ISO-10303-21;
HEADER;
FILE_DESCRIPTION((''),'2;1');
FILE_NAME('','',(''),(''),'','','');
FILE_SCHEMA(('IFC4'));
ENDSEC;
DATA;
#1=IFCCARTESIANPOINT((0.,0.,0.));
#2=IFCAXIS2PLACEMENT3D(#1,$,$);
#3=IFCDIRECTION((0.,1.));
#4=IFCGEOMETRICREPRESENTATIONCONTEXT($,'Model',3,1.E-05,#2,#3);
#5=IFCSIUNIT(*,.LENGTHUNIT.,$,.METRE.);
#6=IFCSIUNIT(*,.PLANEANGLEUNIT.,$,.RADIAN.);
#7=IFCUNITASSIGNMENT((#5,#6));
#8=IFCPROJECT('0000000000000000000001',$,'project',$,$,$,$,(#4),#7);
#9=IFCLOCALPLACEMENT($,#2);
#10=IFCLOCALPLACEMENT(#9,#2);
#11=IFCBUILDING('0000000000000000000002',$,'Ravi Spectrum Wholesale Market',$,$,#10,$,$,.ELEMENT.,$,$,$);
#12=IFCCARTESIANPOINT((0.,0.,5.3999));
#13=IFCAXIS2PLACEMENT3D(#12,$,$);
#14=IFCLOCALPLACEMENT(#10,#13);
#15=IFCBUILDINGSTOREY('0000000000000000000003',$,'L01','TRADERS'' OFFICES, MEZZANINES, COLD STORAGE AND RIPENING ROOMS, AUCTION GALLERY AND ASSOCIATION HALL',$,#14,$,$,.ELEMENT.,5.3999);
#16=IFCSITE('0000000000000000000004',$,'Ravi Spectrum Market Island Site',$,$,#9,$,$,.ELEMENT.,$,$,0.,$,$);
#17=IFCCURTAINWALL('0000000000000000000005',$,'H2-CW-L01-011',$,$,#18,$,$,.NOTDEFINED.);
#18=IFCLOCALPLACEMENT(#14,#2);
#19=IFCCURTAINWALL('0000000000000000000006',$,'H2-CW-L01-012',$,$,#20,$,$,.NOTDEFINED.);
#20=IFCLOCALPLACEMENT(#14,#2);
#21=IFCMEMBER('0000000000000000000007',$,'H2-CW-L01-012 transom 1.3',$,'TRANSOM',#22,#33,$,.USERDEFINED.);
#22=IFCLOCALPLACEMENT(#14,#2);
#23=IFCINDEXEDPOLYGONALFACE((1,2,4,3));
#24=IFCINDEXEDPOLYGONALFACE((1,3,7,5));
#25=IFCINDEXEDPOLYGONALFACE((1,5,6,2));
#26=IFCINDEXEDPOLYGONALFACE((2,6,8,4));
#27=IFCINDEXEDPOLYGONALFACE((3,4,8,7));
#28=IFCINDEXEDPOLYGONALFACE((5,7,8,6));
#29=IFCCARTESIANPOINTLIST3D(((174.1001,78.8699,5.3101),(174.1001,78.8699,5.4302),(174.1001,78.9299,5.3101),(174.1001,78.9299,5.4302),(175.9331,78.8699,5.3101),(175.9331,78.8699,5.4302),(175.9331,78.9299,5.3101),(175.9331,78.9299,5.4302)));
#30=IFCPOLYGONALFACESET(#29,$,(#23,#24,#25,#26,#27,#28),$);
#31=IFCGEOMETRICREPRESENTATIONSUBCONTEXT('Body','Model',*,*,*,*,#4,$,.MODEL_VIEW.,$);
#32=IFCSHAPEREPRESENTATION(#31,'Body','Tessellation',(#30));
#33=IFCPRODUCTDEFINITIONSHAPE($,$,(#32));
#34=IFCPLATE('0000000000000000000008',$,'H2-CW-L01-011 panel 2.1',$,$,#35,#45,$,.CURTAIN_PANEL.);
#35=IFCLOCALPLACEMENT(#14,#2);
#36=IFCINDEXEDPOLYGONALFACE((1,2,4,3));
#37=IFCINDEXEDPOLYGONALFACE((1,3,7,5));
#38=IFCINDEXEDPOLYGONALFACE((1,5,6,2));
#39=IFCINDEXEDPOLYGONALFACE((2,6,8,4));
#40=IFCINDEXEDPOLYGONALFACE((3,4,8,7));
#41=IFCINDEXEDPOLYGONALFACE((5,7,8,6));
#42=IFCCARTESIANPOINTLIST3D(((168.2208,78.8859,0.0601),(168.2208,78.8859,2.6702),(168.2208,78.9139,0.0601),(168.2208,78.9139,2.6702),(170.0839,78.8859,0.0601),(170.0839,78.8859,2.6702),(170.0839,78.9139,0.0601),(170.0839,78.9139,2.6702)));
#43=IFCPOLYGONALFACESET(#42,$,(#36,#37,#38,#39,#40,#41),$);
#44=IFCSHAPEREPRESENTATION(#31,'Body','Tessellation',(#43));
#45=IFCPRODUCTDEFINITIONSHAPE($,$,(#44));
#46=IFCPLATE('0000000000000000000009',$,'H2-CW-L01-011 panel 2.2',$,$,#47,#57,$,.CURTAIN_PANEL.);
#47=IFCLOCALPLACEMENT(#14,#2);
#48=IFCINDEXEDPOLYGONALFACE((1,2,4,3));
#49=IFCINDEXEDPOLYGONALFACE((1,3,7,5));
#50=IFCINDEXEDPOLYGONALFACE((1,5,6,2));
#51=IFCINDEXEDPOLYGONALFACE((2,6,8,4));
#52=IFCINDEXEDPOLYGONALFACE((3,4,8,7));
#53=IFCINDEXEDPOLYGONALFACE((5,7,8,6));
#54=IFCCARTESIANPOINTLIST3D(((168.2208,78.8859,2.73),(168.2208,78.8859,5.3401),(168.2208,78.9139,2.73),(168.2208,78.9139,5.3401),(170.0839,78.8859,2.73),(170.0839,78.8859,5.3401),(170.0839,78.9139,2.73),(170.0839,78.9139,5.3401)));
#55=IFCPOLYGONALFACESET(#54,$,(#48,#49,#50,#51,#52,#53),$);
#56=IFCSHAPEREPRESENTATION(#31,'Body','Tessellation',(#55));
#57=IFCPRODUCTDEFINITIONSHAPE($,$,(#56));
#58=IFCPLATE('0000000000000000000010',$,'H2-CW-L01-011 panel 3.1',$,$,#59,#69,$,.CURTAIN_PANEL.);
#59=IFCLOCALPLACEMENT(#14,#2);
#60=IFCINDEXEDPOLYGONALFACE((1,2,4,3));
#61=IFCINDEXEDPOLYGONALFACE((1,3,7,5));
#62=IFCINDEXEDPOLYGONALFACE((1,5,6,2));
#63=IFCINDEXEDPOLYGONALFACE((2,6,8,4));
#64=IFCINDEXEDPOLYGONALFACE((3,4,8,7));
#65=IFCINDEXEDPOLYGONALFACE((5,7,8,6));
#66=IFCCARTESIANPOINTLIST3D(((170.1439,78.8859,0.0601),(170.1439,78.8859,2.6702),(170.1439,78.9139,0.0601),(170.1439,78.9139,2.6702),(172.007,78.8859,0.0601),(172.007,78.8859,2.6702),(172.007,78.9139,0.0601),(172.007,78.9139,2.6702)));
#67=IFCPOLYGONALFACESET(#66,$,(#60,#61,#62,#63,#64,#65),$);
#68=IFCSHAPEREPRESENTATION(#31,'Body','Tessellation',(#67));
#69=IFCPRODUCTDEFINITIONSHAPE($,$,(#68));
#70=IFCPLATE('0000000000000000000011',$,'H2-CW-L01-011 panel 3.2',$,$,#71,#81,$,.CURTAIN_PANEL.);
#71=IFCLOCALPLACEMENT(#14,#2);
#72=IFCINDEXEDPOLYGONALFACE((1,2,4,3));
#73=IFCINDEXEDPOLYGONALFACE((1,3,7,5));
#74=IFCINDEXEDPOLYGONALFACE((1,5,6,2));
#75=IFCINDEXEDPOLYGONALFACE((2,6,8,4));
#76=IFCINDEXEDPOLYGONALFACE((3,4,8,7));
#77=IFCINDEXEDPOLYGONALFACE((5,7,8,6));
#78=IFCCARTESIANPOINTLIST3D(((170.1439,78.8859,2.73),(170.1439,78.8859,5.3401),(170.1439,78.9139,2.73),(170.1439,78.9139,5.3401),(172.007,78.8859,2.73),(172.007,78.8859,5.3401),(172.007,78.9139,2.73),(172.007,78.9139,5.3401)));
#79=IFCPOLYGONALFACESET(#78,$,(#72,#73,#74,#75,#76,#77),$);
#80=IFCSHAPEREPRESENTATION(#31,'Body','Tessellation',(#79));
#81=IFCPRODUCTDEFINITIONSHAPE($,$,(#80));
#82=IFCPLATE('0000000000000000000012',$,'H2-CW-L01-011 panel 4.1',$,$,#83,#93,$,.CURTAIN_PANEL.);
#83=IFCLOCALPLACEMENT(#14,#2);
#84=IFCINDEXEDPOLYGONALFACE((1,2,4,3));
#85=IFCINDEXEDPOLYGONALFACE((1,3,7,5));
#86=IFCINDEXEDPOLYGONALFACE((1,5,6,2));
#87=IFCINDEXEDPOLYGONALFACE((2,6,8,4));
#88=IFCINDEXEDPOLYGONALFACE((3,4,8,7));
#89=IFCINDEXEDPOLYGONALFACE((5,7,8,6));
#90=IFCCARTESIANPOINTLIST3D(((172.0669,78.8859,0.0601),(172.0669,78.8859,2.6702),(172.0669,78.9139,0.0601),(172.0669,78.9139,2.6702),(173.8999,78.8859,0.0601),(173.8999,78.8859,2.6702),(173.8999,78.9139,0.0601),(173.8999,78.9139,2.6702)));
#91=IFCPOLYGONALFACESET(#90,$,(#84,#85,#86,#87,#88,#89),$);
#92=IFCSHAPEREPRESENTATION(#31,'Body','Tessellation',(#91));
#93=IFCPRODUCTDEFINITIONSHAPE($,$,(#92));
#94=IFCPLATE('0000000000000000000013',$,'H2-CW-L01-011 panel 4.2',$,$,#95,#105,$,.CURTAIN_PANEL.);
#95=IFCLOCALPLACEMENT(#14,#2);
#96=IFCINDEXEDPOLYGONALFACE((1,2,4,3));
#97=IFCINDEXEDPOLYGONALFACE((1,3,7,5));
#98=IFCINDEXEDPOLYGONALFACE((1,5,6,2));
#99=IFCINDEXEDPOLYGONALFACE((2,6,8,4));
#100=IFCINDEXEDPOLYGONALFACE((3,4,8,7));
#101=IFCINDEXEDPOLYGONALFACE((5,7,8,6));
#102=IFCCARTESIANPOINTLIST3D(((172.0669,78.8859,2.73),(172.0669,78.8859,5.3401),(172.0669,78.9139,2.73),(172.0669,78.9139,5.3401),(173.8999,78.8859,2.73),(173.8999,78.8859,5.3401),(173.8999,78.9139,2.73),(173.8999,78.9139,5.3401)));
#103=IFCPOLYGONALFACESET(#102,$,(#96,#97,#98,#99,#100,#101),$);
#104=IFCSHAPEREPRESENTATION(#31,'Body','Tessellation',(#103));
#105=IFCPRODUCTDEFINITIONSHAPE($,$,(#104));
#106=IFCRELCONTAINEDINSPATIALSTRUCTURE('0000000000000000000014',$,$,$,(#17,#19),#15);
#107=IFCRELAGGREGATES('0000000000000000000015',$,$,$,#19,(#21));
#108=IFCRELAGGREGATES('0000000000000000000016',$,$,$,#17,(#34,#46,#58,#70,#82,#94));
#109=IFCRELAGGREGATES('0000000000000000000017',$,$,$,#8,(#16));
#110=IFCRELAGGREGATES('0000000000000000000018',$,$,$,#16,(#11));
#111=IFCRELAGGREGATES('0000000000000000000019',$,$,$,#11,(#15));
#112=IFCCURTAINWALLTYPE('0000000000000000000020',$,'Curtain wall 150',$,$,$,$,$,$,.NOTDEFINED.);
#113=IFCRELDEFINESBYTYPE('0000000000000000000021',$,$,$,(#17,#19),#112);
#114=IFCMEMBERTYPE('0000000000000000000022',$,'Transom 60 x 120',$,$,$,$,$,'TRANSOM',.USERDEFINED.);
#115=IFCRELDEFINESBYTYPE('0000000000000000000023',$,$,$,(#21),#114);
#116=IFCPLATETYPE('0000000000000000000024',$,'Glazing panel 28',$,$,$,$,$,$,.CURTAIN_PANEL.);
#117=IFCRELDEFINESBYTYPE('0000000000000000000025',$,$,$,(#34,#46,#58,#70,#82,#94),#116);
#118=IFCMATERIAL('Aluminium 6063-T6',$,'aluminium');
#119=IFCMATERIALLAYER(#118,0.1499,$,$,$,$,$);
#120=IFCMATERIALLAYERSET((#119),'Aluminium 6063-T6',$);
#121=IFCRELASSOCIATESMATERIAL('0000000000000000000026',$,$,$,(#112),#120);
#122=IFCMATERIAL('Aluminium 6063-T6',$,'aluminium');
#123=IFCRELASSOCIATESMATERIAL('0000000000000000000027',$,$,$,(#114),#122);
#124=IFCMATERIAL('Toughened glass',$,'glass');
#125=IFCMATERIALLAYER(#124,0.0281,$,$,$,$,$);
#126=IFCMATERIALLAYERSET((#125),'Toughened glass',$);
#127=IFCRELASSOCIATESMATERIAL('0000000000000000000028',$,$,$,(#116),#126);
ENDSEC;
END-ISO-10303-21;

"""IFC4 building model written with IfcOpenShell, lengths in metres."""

from ifc_helpers import new_model, si_unit, direction, frame, origin, origin_2d, place, context, subcontext, project, spatial, rectangle, extrude, material, layer, layer_set, material_profile, profile_set, type_object, element, aggregate, save


model = new_model("IFC4")

# Units and contexts
model_context = context("Model", 3, precision=1e-05, world=origin(), true_north=direction((0.0, 1.0)))
body_context = subcontext(model_context, "Body", "Model", "MODEL_VIEW")
ifc_project = project(units=[si_unit("LENGTHUNIT", "METRE"), si_unit("PLANEANGLEUNIT", "RADIAN")], contexts=[model_context])

# Site, building, storey
site_placement = place(None, origin())
site = spatial("IfcSite", under=ifc_project, at=site_placement, Name="Ravi Spectrum Market Island Site", CompositionType="ELEMENT", RefElevation=0.0)
building_placement = place(site_placement, origin())
building = spatial("IfcBuilding", under=site, at=building_placement, Name="Ravi Spectrum Wholesale Market", CompositionType="ELEMENT")
storey_placement = place(building_placement, frame((0.0, 0.0, 5.3999)))
storey = spatial("IfcBuildingStorey", under=building, at=storey_placement, Name="L01", Description="TRADERS' OFFICES, MEZZANINES, COLD STORAGE AND RIPENING ROOMS, AUCTION GALLERY AND ASSOCIATION HALL", CompositionType="ELEMENT", Elevation=5.3999)

# Curtain wall
ifc_material_1 = material(Name="Aluminium 6063-T6", Category="aluminium")
ifc_layer_1 = layer(ifc_material_1, 0.1499)
ifc_layer_set_1 = layer_set([ifc_layer_1], Name="Aluminium 6063-T6")
curtain_wall_type = type_object("IfcCurtainWallType", Name="Curtain wall 150", PredefinedType="NOTDEFINED", material=ifc_layer_set_1)
curtain_wall_1_placement = place(storey_placement, origin())
curtain_wall_1 = element("IfcCurtainWall", 1, at=curtain_wall_1_placement, inside=storey, type_object=curtain_wall_type, Name="H2-CW-L01-011", PredefinedType="NOTDEFINED")

# Curtain wall
curtain_wall_2_placement = place(storey_placement, origin())
curtain_wall_2 = element("IfcCurtainWall", 2, at=curtain_wall_2_placement, inside=storey, type_object=curtain_wall_type, Name="H2-CW-L01-012", PredefinedType="NOTDEFINED")

# Member
ifc_material_2 = material(Name="Aluminium 6063-T6", Category="aluminium")
ifc_material_profile_1 = material_profile(ifc_material_2, rectangle(XDim=0.0601, YDim=0.1201, at=origin_2d()))
ifc_profile_set_1 = profile_set([ifc_material_profile_1], Name="Aluminium 6063-T6")
member_type_1 = type_object("IfcMemberType", Name="Transom 60 x 120", ElementType="TRANSOM", PredefinedType="USERDEFINED", material=ifc_profile_set_1)
member_1_placement = place(storey_placement, frame((174.1001, 78.8999, 5.3701), z_axis=(1.0, 0.0, 0.0), x_axis=(0.0, 1.0, 0.0)))
member_1 = element("IfcMember", 3, at=member_1_placement, type_object=member_type_1, Name="H2-CW-L01-012 transom 1.3", ObjectType="TRANSOM", PredefinedType="USERDEFINED", context=body_context, shape_type="SweptSolid", body=[
    extrude(rectangle(XDim=0.0601, YDim=0.1201, at=origin_2d()), origin(), (0.0, 0.0, 1.0), 1.833),
])
aggregate(curtain_wall_2, [member_1])

# Plates
ifc_material_3 = material(Name="Toughened glass", Category="glass")
ifc_layer_2 = layer(ifc_material_3, 0.0281)
ifc_layer_set_2 = layer_set([ifc_layer_2], Name="Toughened glass")
plate_type = type_object("IfcPlateType", Name="Glazing panel 28", PredefinedType="CURTAIN_PANEL", material=ifc_layer_set_2)
plate_1_placement = place(storey_placement, frame((169.1523, 78.8999, 0.0601), z_axis=(0.0, 0.0, 1.0), x_axis=(1.0, 0.0, 0.0)))
plate_1 = element("IfcPlate", 4, at=plate_1_placement, type_object=plate_type, Name="H2-CW-L01-011 panel 2.1", PredefinedType="CURTAIN_PANEL", context=body_context, shape_type="SweptSolid", body=[
    extrude(rectangle(XDim=1.863, YDim=0.0281, at=origin_2d()), origin(), (0.0, 0.0, 1.0), 2.6101),
])
plate_2_placement = place(storey_placement, frame((169.1523, 78.8999, 2.73), z_axis=(0.0, 0.0, 1.0), x_axis=(1.0, 0.0, 0.0)))
plate_2 = element("IfcPlate", 5, at=plate_2_placement, type_object=plate_type, Name="H2-CW-L01-011 panel 2.2", PredefinedType="CURTAIN_PANEL", context=body_context, shape_type="SweptSolid", body=[
    extrude(rectangle(XDim=1.863, YDim=0.0281, at=origin_2d()), origin(), (0.0, 0.0, 1.0), 2.6101),
])
plate_3_placement = place(storey_placement, frame((171.0754, 78.8999, 0.0601), z_axis=(0.0, 0.0, 1.0), x_axis=(1.0, 0.0, 0.0)))
plate_3 = element("IfcPlate", 6, at=plate_3_placement, type_object=plate_type, Name="H2-CW-L01-011 panel 3.1", PredefinedType="CURTAIN_PANEL", context=body_context, shape_type="SweptSolid", body=[
    extrude(rectangle(XDim=1.863, YDim=0.0281, at=origin_2d()), origin(), (0.0, 0.0, 1.0), 2.6101),
])
plate_4_placement = place(storey_placement, frame((171.0754, 78.8999, 2.73), z_axis=(0.0, 0.0, 1.0), x_axis=(1.0, 0.0, 0.0)))
plate_4 = element("IfcPlate", 7, at=plate_4_placement, type_object=plate_type, Name="H2-CW-L01-011 panel 3.2", PredefinedType="CURTAIN_PANEL", context=body_context, shape_type="SweptSolid", body=[
    extrude(rectangle(XDim=1.863, YDim=0.0281, at=origin_2d()), origin(), (0.0, 0.0, 1.0), 2.6101),
])
plate_5_placement = place(storey_placement, frame((172.9834, 78.8999, 0.0601), z_axis=(0.0, 0.0, 1.0), x_axis=(1.0, 0.0, 0.0)))
plate_5 = element("IfcPlate", 8, at=plate_5_placement, type_object=plate_type, Name="H2-CW-L01-011 panel 4.1", PredefinedType="CURTAIN_PANEL", context=body_context, shape_type="SweptSolid", body=[
    extrude(rectangle(XDim=1.833, YDim=0.0281, at=origin_2d()), origin(), (0.0, 0.0, 1.0), 2.6101),
])
plate_6_placement = place(storey_placement, frame((172.9834, 78.8999, 2.73), z_axis=(0.0, 0.0, 1.0), x_axis=(1.0, 0.0, 0.0)))
plate_6 = element("IfcPlate", 9, at=plate_6_placement, type_object=plate_type, Name="H2-CW-L01-011 panel 4.2", PredefinedType="CURTAIN_PANEL", context=body_context, shape_type="SweptSolid", body=[
    extrude(rectangle(XDim=1.833, YDim=0.0281, at=origin_2d()), origin(), (0.0, 0.0, 1.0), 2.6101),
])
aggregate(curtain_wall_1, [plate_1, plate_2, plate_3, plate_4, plate_5, plate_6])

save(model, "model.ifc")
